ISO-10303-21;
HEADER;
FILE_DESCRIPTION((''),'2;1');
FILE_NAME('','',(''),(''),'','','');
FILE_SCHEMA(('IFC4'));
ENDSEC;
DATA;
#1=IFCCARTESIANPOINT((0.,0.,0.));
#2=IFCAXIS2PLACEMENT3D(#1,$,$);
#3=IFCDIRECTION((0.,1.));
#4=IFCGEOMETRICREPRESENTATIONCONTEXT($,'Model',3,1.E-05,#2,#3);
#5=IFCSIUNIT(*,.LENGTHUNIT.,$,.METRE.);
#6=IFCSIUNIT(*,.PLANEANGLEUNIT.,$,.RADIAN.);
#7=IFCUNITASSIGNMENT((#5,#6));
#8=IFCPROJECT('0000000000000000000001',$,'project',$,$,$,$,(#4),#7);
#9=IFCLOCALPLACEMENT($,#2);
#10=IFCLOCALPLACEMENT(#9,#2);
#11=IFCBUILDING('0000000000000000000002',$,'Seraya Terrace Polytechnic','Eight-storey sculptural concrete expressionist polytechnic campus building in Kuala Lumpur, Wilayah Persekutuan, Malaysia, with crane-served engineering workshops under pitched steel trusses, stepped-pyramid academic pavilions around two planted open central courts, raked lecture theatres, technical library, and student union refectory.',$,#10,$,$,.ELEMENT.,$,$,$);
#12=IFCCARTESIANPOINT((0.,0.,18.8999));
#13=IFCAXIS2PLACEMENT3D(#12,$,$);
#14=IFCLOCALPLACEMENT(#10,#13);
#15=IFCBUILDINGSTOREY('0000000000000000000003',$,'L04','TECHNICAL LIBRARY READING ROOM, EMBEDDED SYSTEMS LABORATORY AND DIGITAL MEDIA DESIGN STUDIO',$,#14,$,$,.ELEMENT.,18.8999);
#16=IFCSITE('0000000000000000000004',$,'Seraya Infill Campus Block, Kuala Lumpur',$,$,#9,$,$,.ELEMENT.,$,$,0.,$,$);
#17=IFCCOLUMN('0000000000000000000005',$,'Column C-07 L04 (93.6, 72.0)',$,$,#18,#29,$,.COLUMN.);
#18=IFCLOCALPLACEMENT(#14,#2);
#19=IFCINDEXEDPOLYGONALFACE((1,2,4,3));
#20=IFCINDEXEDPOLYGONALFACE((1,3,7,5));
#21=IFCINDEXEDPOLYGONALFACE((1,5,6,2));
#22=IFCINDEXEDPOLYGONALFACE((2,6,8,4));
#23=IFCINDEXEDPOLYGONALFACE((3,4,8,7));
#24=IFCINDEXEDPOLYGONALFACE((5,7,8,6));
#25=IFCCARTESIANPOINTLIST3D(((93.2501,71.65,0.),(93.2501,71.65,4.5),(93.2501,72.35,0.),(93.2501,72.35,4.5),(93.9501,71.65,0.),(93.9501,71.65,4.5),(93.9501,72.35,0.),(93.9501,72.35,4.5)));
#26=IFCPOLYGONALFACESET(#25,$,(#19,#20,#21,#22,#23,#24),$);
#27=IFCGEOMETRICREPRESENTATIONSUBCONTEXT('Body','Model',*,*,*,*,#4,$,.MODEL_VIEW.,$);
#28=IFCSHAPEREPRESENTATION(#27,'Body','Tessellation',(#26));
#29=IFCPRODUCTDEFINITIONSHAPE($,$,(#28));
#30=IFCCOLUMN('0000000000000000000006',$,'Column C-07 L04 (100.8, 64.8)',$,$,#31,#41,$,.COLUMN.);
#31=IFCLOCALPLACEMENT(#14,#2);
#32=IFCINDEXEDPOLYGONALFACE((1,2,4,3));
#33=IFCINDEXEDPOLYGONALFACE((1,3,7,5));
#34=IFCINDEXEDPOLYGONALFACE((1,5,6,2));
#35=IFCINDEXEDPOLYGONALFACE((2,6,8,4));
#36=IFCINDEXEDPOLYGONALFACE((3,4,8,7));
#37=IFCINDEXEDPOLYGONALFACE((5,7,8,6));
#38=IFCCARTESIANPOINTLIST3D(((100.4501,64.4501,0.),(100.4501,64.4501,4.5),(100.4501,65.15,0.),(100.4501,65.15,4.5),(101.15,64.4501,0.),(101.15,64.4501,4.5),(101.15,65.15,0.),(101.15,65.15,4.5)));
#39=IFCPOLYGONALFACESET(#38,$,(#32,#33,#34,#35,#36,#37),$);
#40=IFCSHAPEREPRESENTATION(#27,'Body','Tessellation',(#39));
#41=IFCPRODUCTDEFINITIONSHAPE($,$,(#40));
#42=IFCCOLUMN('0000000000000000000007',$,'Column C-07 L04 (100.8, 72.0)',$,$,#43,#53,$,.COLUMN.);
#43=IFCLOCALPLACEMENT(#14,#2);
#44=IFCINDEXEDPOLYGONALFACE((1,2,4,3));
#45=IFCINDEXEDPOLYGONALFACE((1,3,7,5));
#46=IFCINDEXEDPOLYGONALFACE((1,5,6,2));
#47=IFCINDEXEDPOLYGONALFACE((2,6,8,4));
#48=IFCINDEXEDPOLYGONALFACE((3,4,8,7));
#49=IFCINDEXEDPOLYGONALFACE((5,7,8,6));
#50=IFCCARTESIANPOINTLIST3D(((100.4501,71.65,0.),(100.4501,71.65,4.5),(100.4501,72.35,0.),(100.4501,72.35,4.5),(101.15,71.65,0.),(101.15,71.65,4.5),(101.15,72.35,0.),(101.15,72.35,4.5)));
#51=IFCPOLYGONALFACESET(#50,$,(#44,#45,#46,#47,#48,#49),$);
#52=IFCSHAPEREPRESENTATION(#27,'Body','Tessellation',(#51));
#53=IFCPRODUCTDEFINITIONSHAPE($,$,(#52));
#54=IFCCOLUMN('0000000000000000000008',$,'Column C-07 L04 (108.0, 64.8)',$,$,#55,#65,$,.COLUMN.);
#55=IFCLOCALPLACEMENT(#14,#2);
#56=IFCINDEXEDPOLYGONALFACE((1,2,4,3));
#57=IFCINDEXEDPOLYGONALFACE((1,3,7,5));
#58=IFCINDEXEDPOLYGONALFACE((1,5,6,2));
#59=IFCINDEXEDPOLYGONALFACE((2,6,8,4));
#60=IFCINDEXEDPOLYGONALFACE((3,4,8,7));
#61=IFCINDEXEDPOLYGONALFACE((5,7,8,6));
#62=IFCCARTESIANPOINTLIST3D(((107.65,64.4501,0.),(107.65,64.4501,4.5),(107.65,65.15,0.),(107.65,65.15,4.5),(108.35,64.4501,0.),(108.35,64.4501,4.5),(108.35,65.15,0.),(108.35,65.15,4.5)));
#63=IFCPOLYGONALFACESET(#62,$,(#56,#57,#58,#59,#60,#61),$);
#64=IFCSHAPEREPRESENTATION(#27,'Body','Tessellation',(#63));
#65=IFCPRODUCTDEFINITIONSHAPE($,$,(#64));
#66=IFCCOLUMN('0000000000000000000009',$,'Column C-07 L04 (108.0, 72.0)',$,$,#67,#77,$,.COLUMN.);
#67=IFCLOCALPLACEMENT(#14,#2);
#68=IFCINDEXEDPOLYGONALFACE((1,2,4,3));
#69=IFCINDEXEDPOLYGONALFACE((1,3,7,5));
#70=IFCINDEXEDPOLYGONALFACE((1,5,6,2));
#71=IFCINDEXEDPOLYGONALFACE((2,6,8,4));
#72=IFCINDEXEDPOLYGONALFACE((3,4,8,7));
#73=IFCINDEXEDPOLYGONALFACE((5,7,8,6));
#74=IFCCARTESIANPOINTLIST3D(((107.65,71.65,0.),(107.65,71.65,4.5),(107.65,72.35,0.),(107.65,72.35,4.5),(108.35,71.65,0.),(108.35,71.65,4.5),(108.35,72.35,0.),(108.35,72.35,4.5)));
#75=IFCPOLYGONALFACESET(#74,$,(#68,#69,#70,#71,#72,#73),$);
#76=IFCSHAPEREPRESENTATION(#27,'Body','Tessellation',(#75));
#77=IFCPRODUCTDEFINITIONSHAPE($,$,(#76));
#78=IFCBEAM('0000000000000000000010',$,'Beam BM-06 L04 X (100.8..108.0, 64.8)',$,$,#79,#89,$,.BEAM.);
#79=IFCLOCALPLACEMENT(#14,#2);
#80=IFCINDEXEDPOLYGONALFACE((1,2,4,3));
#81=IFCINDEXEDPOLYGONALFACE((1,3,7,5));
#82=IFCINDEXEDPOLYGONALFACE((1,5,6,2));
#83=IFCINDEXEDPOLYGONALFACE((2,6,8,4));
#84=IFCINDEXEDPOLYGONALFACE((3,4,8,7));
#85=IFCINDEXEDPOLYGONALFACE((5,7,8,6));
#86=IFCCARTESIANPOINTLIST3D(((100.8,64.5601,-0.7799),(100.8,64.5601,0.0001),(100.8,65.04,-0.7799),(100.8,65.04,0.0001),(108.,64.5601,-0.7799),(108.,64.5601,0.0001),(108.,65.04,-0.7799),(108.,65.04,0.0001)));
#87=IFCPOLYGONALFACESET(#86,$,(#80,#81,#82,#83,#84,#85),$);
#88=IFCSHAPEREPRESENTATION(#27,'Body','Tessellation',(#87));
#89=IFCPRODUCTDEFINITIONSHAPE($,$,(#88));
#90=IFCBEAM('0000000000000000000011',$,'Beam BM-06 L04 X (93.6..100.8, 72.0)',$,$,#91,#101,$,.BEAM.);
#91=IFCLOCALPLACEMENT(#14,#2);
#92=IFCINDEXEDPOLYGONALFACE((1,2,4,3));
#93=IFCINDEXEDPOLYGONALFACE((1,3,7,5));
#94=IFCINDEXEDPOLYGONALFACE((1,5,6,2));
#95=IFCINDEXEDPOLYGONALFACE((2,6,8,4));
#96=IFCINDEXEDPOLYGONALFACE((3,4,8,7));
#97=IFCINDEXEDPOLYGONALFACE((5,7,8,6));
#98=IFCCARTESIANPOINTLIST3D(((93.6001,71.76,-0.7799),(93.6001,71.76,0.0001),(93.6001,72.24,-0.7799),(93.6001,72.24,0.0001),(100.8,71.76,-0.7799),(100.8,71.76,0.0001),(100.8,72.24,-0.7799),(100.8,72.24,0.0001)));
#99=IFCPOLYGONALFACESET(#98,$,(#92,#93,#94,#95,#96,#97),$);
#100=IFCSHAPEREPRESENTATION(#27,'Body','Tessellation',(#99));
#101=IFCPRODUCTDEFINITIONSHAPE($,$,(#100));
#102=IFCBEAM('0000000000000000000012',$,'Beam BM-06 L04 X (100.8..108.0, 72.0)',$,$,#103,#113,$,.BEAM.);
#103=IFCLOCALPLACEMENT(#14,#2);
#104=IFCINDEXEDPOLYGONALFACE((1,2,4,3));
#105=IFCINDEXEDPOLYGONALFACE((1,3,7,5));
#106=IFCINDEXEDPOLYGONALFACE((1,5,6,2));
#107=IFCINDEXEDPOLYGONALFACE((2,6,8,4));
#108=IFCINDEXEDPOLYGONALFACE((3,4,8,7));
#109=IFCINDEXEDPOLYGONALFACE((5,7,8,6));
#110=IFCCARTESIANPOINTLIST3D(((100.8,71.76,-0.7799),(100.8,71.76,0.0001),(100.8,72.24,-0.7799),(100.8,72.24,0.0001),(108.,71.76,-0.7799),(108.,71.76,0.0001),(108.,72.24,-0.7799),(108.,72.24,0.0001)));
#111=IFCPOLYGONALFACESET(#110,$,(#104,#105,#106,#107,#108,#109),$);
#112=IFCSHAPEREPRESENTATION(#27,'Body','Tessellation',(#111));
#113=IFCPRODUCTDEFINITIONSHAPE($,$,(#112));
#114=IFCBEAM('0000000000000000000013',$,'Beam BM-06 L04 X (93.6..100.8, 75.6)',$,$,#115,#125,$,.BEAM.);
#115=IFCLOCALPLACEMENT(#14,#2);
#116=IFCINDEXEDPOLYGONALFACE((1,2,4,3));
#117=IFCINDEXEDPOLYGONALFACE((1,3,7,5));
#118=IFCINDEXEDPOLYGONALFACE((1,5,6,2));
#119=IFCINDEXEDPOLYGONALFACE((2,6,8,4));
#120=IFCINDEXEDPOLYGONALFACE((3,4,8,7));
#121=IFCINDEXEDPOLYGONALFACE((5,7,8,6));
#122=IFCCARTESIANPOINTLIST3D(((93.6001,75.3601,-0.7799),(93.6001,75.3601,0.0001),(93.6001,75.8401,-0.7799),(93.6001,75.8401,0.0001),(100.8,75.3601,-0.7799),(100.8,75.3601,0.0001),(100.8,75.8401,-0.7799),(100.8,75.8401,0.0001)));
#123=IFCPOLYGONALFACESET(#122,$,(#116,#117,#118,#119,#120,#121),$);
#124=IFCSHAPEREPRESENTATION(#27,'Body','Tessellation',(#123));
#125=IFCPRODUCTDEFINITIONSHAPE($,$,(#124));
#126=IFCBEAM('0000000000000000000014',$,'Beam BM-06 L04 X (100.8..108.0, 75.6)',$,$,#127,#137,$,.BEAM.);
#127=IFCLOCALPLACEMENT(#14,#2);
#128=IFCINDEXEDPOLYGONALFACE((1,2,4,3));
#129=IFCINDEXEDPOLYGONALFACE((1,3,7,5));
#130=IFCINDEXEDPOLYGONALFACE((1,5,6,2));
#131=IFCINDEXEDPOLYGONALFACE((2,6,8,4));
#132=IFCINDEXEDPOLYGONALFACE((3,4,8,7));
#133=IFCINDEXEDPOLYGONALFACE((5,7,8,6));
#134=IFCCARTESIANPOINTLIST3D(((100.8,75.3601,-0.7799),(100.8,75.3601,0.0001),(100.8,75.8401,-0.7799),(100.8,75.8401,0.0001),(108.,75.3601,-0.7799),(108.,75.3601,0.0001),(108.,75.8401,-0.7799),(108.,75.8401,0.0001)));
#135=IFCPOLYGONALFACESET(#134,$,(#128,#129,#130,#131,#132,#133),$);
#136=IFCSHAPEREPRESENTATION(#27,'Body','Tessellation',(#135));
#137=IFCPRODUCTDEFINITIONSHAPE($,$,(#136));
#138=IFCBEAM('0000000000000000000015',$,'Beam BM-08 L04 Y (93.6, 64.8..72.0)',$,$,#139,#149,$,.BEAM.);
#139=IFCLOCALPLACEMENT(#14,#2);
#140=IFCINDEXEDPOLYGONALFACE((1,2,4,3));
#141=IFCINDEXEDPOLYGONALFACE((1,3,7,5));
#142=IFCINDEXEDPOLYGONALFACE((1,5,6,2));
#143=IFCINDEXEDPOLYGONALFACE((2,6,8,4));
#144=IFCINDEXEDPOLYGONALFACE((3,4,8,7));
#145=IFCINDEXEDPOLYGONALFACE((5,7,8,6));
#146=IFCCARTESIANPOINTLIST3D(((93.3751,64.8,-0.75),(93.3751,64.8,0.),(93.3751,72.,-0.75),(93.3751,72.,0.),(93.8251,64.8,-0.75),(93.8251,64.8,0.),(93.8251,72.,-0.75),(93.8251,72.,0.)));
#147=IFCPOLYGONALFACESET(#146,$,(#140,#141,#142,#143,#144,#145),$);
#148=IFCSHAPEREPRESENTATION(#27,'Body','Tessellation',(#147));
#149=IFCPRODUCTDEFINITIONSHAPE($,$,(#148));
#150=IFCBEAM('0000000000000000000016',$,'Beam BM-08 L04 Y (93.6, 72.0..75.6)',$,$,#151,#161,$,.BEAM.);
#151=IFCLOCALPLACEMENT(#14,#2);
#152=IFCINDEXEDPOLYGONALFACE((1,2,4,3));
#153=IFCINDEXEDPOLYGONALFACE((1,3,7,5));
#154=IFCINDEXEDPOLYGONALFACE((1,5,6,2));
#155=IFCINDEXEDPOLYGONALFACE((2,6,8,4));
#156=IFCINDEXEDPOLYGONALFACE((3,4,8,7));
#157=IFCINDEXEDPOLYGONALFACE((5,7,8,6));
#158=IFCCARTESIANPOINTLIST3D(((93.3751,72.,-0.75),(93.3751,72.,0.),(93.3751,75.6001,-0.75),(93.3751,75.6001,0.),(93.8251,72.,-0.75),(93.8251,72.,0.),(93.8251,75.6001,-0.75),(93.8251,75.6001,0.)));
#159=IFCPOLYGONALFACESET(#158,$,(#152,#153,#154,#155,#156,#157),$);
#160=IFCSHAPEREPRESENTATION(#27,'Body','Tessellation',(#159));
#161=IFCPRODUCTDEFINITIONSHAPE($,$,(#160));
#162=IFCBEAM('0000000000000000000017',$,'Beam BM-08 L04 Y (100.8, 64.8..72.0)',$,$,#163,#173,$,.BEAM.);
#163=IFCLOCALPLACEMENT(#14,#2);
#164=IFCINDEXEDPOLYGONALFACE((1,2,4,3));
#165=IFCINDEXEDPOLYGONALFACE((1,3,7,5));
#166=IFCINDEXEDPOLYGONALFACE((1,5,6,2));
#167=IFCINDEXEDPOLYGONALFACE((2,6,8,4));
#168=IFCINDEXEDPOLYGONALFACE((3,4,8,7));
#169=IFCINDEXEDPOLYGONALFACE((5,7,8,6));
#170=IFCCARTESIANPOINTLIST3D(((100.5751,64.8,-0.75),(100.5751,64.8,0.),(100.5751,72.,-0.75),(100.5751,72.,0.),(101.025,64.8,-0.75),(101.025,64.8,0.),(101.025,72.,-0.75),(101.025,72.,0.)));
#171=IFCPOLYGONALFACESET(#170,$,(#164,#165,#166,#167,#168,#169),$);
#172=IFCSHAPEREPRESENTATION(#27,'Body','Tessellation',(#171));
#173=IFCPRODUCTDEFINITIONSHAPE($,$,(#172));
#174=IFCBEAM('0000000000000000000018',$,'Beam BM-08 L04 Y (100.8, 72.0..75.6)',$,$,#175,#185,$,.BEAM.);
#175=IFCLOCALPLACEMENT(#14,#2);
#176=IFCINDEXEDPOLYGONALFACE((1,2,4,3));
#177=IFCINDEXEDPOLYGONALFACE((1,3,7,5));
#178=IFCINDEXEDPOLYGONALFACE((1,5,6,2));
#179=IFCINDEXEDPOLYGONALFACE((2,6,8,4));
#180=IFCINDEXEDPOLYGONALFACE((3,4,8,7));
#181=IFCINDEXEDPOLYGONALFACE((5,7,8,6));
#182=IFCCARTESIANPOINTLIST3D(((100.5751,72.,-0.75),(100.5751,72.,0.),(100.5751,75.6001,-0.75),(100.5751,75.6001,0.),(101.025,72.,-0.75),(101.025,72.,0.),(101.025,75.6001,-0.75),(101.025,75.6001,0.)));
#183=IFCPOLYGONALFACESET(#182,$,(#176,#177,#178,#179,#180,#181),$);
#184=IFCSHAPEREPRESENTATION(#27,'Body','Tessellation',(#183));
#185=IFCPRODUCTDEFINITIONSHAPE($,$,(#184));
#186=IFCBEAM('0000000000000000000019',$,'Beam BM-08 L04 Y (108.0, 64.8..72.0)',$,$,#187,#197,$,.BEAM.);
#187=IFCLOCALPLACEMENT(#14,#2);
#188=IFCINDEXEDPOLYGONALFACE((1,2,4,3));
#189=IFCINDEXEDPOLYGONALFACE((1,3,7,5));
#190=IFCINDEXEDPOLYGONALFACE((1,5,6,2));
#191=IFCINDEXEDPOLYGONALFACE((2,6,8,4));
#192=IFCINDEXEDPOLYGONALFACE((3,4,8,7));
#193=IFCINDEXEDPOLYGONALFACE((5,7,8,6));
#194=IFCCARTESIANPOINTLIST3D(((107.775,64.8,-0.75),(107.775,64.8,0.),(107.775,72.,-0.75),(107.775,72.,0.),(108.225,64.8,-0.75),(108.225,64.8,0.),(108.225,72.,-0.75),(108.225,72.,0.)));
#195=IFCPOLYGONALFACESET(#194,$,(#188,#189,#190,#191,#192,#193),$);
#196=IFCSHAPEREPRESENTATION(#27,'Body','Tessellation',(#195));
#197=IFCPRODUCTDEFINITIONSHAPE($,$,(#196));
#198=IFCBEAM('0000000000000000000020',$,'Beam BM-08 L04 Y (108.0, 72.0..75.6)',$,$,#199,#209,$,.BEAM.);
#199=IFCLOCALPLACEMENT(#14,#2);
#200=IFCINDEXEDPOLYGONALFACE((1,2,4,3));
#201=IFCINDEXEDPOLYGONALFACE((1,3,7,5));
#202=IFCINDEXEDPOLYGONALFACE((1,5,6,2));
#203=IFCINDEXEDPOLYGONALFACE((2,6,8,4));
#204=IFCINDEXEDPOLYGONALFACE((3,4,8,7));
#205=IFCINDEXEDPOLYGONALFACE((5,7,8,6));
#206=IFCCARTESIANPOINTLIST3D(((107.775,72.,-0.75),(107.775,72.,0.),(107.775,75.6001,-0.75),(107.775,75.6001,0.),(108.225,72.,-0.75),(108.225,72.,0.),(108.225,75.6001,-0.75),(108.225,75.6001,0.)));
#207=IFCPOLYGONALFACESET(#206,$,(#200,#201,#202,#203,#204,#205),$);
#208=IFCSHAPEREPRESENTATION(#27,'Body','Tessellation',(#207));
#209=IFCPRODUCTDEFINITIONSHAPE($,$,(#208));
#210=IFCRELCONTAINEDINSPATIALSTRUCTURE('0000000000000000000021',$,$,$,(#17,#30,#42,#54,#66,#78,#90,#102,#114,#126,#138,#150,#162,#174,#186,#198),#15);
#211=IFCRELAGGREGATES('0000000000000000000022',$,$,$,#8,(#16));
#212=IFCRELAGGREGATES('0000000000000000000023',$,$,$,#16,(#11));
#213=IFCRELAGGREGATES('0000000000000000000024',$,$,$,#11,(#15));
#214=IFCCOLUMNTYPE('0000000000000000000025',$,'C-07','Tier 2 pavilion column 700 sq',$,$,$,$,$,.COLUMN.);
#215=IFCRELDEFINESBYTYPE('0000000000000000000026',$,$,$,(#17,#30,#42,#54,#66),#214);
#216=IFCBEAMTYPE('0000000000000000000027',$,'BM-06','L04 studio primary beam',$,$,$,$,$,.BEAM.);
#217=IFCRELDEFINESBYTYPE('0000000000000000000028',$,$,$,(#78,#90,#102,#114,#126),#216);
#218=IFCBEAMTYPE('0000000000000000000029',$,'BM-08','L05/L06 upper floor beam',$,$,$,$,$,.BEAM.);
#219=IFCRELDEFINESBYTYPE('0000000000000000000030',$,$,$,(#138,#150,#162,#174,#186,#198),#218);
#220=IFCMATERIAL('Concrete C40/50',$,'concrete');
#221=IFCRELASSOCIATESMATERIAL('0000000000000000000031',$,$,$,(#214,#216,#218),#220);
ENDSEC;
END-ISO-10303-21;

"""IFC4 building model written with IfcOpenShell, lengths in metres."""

from ifc_helpers import new_model, si_unit, direction, frame, origin, origin_2d, place, context, subcontext, project, spatial, rectangle, extrude, material, material_profile, profile_set, type_object, element, save


model = new_model("IFC4")

# Units and contexts
model_context = context("Model", 3, precision=1e-05, world=origin(), true_north=direction((0.0, 1.0)))
body_context = subcontext(model_context, "Body", "Model", "MODEL_VIEW")
ifc_project = project(units=[si_unit("LENGTHUNIT", "METRE"), si_unit("PLANEANGLEUNIT", "RADIAN")], contexts=[model_context])

# Site, building, storey
site_placement = place(None, origin())
site = spatial("IfcSite", under=ifc_project, at=site_placement, Name="Seraya Infill Campus Block, Kuala Lumpur", CompositionType="ELEMENT", RefElevation=0.0)
building_placement = place(site_placement, origin())
building = spatial("IfcBuilding", under=site, at=building_placement, Name="Seraya Terrace Polytechnic", Description="Eight-storey sculptural concrete expressionist polytechnic campus building in Kuala Lumpur, Wilayah Persekutuan, Malaysia, with crane-served engineering workshops under pitched steel trusses, stepped-pyramid academic pavilions around two planted open central courts, raked lecture theatres, technical library, and student union refectory.", CompositionType="ELEMENT")
storey_placement = place(building_placement, frame((0.0, 0.0, 18.8999)))
storey = spatial("IfcBuildingStorey", under=building, at=storey_placement, Name="L04", Description="TECHNICAL LIBRARY READING ROOM, EMBEDDED SYSTEMS LABORATORY AND DIGITAL MEDIA DESIGN STUDIO", CompositionType="ELEMENT", Elevation=18.8999)

# Columns
ifc_material_1 = material(Name="Concrete C40/50", Category="concrete")
ifc_material_profile_1 = material_profile(ifc_material_1, rectangle(XDim=0.7, YDim=0.7, at=origin_2d()), Name="RC 700x700")
ifc_profile_set_1 = profile_set([ifc_material_profile_1], Name="Concrete C40/50")
column_type = type_object("IfcColumnType", Name="C-07", Description="Tier 2 pavilion column 700 sq", PredefinedType="COLUMN", material=ifc_profile_set_1)
for number, where, z_axis, x_axis, name in (
    (1, (93.6001, 72.0, 0.0), (0.0, 0.0, 1.0), (1.0, 0.0, 0.0), "Column C-07 L04 (93.6, 72.0)"),
    (2, (100.8, 64.8, 0.0), (0.0, 0.0, 1.0), (1.0, 0.0, 0.0), "Column C-07 L04 (100.8, 64.8)"),
    (3, (100.8, 72.0, 0.0), (0.0, 0.0, 1.0), (1.0, 0.0, 0.0), "Column C-07 L04 (100.8, 72.0)"),
    (4, (108.0, 64.8, 0.0), (0.0, 0.0, 1.0), (1.0, 0.0, 0.0), "Column C-07 L04 (108.0, 64.8)"),
    (5, (108.0, 72.0, 0.0), (0.0, 0.0, 1.0), (1.0, 0.0, 0.0), "Column C-07 L04 (108.0, 72.0)"),
):
    element("IfcColumn", number, at=place(storey_placement, frame(where, z_axis=z_axis, x_axis=x_axis)), inside=storey, type_object=column_type, Name=name, PredefinedType="COLUMN", context=body_context, shape_type="SweptSolid", body=[
        extrude(rectangle(XDim=0.7, YDim=0.7, at=origin_2d()), origin(), (0.0, 0.0, 1.0), 4.5),
    ])

# Beams
ifc_material_profile_2 = material_profile(ifc_material_1, rectangle(XDim=0.48, YDim=0.78, at=origin_2d()), Name="RC 480x780")
ifc_profile_set_2 = profile_set([ifc_material_profile_2], Name="Concrete C40/50")
beam_type_1 = type_object("IfcBeamType", Name="BM-06", Description="L04 studio primary beam", PredefinedType="BEAM", material=ifc_profile_set_2)
for number, where, z_axis, x_axis, name in (
    (6, (100.8, 64.8, -0.3899), (1.0, 0.0, 0.0), (0.0, 1.0, 0.0), "Beam BM-06 L04 X (100.8..108.0, 64.8)"),
    (7, (93.6001, 72.0, -0.3899), (1.0, 0.0, 0.0), (0.0, 1.0, 0.0), "Beam BM-06 L04 X (93.6..100.8, 72.0)"),
    (8, (100.8, 72.0, -0.3899), (1.0, 0.0, 0.0), (0.0, 1.0, 0.0), "Beam BM-06 L04 X (100.8..108.0, 72.0)"),
    (9, (93.6001, 75.6001, -0.3899), (1.0, 0.0, 0.0), (0.0, 1.0, 0.0), "Beam BM-06 L04 X (93.6..100.8, 75.6)"),
    (10, (100.8, 75.6001, -0.3899), (1.0, 0.0, 0.0), (0.0, 1.0, 0.0), "Beam BM-06 L04 X (100.8..108.0, 75.6)"),
):
    element("IfcBeam", number, at=place(storey_placement, frame(where, z_axis=z_axis, x_axis=x_axis)), inside=storey, type_object=beam_type_1, Name=name, PredefinedType="BEAM", context=body_context, shape_type="SweptSolid", body=[
        extrude(rectangle(XDim=0.48, YDim=0.78, at=origin_2d()), origin(), (0.0, 0.0, 1.0), 7.2),
    ])
ifc_material_profile_3 = material_profile(ifc_material_1, rectangle(XDim=0.45, YDim=0.75, at=origin_2d()), Name="RC 450x750")
ifc_profile_set_3 = profile_set([ifc_material_profile_3], Name="Concrete C40/50")
beam_type_2 = type_object("IfcBeamType", Name="BM-08", Description="L05/L06 upper floor beam", PredefinedType="BEAM", material=ifc_profile_set_3)
beam_1_placement = place(storey_placement, frame((93.6001, 64.8, -0.375), z_axis=(0.0, 1.0, 0.0), x_axis=(-1.0, 0.0, 0.0)))
element("IfcBeam", 11, at=beam_1_placement, inside=storey, type_object=beam_type_2, Name="Beam BM-08 L04 Y (93.6, 64.8..72.0)", PredefinedType="BEAM", context=body_context, shape_type="SweptSolid", body=[
    extrude(rectangle(XDim=0.45, YDim=0.75, at=origin_2d()), origin(), (0.0, 0.0, 1.0), 7.2),
])
beam_2_placement = place(storey_placement, frame((93.6001, 72.0, -0.375), z_axis=(0.0, 1.0, 0.0), x_axis=(-1.0, 0.0, 0.0)))
element("IfcBeam", 12, at=beam_2_placement, inside=storey, type_object=beam_type_2, Name="Beam BM-08 L04 Y (93.6, 72.0..75.6)", PredefinedType="BEAM", context=body_context, shape_type="SweptSolid", body=[
    extrude(rectangle(XDim=0.45, YDim=0.75, at=origin_2d()), origin(), (0.0, 0.0, 1.0), 3.6001),
])
beam_3_placement = place(storey_placement, frame((100.8, 64.8, -0.375), z_axis=(0.0, 1.0, 0.0), x_axis=(-1.0, 0.0, 0.0)))
element("IfcBeam", 13, at=beam_3_placement, inside=storey, type_object=beam_type_2, Name="Beam BM-08 L04 Y (100.8, 64.8..72.0)", PredefinedType="BEAM", context=body_context, shape_type="SweptSolid", body=[
    extrude(rectangle(XDim=0.45, YDim=0.75, at=origin_2d()), origin(), (0.0, 0.0, 1.0), 7.2),
])
beam_4_placement = place(storey_placement, frame((100.8, 72.0, -0.375), z_axis=(0.0, 1.0, 0.0), x_axis=(-1.0, 0.0, 0.0)))
element("IfcBeam", 14, at=beam_4_placement, inside=storey, type_object=beam_type_2, Name="Beam BM-08 L04 Y (100.8, 72.0..75.6)", PredefinedType="BEAM", context=body_context, shape_type="SweptSolid", body=[
    extrude(rectangle(XDim=0.45, YDim=0.75, at=origin_2d()), origin(), (0.0, 0.0, 1.0), 3.6001),
])
beam_5_placement = place(storey_placement, frame((108.0, 64.8, -0.375), z_axis=(0.0, 1.0, 0.0), x_axis=(-1.0, 0.0, 0.0)))
element("IfcBeam", 15, at=beam_5_placement, inside=storey, type_object=beam_type_2, Name="Beam BM-08 L04 Y (108.0, 64.8..72.0)", PredefinedType="BEAM", context=body_context, shape_type="SweptSolid", body=[
    extrude(rectangle(XDim=0.45, YDim=0.75, at=origin_2d()), origin(), (0.0, 0.0, 1.0), 7.2),
])
beam_6_placement = place(storey_placement, frame((108.0, 72.0, -0.375), z_axis=(0.0, 1.0, 0.0), x_axis=(-1.0, 0.0, 0.0)))
element("IfcBeam", 16, at=beam_6_placement, inside=storey, type_object=beam_type_2, Name="Beam BM-08 L04 Y (108.0, 72.0..75.6)", PredefinedType="BEAM", context=body_context, shape_type="SweptSolid", body=[
    extrude(rectangle(XDim=0.45, YDim=0.75, at=origin_2d()), origin(), (0.0, 0.0, 1.0), 3.6001),
])

save(model, "model.ifc")
